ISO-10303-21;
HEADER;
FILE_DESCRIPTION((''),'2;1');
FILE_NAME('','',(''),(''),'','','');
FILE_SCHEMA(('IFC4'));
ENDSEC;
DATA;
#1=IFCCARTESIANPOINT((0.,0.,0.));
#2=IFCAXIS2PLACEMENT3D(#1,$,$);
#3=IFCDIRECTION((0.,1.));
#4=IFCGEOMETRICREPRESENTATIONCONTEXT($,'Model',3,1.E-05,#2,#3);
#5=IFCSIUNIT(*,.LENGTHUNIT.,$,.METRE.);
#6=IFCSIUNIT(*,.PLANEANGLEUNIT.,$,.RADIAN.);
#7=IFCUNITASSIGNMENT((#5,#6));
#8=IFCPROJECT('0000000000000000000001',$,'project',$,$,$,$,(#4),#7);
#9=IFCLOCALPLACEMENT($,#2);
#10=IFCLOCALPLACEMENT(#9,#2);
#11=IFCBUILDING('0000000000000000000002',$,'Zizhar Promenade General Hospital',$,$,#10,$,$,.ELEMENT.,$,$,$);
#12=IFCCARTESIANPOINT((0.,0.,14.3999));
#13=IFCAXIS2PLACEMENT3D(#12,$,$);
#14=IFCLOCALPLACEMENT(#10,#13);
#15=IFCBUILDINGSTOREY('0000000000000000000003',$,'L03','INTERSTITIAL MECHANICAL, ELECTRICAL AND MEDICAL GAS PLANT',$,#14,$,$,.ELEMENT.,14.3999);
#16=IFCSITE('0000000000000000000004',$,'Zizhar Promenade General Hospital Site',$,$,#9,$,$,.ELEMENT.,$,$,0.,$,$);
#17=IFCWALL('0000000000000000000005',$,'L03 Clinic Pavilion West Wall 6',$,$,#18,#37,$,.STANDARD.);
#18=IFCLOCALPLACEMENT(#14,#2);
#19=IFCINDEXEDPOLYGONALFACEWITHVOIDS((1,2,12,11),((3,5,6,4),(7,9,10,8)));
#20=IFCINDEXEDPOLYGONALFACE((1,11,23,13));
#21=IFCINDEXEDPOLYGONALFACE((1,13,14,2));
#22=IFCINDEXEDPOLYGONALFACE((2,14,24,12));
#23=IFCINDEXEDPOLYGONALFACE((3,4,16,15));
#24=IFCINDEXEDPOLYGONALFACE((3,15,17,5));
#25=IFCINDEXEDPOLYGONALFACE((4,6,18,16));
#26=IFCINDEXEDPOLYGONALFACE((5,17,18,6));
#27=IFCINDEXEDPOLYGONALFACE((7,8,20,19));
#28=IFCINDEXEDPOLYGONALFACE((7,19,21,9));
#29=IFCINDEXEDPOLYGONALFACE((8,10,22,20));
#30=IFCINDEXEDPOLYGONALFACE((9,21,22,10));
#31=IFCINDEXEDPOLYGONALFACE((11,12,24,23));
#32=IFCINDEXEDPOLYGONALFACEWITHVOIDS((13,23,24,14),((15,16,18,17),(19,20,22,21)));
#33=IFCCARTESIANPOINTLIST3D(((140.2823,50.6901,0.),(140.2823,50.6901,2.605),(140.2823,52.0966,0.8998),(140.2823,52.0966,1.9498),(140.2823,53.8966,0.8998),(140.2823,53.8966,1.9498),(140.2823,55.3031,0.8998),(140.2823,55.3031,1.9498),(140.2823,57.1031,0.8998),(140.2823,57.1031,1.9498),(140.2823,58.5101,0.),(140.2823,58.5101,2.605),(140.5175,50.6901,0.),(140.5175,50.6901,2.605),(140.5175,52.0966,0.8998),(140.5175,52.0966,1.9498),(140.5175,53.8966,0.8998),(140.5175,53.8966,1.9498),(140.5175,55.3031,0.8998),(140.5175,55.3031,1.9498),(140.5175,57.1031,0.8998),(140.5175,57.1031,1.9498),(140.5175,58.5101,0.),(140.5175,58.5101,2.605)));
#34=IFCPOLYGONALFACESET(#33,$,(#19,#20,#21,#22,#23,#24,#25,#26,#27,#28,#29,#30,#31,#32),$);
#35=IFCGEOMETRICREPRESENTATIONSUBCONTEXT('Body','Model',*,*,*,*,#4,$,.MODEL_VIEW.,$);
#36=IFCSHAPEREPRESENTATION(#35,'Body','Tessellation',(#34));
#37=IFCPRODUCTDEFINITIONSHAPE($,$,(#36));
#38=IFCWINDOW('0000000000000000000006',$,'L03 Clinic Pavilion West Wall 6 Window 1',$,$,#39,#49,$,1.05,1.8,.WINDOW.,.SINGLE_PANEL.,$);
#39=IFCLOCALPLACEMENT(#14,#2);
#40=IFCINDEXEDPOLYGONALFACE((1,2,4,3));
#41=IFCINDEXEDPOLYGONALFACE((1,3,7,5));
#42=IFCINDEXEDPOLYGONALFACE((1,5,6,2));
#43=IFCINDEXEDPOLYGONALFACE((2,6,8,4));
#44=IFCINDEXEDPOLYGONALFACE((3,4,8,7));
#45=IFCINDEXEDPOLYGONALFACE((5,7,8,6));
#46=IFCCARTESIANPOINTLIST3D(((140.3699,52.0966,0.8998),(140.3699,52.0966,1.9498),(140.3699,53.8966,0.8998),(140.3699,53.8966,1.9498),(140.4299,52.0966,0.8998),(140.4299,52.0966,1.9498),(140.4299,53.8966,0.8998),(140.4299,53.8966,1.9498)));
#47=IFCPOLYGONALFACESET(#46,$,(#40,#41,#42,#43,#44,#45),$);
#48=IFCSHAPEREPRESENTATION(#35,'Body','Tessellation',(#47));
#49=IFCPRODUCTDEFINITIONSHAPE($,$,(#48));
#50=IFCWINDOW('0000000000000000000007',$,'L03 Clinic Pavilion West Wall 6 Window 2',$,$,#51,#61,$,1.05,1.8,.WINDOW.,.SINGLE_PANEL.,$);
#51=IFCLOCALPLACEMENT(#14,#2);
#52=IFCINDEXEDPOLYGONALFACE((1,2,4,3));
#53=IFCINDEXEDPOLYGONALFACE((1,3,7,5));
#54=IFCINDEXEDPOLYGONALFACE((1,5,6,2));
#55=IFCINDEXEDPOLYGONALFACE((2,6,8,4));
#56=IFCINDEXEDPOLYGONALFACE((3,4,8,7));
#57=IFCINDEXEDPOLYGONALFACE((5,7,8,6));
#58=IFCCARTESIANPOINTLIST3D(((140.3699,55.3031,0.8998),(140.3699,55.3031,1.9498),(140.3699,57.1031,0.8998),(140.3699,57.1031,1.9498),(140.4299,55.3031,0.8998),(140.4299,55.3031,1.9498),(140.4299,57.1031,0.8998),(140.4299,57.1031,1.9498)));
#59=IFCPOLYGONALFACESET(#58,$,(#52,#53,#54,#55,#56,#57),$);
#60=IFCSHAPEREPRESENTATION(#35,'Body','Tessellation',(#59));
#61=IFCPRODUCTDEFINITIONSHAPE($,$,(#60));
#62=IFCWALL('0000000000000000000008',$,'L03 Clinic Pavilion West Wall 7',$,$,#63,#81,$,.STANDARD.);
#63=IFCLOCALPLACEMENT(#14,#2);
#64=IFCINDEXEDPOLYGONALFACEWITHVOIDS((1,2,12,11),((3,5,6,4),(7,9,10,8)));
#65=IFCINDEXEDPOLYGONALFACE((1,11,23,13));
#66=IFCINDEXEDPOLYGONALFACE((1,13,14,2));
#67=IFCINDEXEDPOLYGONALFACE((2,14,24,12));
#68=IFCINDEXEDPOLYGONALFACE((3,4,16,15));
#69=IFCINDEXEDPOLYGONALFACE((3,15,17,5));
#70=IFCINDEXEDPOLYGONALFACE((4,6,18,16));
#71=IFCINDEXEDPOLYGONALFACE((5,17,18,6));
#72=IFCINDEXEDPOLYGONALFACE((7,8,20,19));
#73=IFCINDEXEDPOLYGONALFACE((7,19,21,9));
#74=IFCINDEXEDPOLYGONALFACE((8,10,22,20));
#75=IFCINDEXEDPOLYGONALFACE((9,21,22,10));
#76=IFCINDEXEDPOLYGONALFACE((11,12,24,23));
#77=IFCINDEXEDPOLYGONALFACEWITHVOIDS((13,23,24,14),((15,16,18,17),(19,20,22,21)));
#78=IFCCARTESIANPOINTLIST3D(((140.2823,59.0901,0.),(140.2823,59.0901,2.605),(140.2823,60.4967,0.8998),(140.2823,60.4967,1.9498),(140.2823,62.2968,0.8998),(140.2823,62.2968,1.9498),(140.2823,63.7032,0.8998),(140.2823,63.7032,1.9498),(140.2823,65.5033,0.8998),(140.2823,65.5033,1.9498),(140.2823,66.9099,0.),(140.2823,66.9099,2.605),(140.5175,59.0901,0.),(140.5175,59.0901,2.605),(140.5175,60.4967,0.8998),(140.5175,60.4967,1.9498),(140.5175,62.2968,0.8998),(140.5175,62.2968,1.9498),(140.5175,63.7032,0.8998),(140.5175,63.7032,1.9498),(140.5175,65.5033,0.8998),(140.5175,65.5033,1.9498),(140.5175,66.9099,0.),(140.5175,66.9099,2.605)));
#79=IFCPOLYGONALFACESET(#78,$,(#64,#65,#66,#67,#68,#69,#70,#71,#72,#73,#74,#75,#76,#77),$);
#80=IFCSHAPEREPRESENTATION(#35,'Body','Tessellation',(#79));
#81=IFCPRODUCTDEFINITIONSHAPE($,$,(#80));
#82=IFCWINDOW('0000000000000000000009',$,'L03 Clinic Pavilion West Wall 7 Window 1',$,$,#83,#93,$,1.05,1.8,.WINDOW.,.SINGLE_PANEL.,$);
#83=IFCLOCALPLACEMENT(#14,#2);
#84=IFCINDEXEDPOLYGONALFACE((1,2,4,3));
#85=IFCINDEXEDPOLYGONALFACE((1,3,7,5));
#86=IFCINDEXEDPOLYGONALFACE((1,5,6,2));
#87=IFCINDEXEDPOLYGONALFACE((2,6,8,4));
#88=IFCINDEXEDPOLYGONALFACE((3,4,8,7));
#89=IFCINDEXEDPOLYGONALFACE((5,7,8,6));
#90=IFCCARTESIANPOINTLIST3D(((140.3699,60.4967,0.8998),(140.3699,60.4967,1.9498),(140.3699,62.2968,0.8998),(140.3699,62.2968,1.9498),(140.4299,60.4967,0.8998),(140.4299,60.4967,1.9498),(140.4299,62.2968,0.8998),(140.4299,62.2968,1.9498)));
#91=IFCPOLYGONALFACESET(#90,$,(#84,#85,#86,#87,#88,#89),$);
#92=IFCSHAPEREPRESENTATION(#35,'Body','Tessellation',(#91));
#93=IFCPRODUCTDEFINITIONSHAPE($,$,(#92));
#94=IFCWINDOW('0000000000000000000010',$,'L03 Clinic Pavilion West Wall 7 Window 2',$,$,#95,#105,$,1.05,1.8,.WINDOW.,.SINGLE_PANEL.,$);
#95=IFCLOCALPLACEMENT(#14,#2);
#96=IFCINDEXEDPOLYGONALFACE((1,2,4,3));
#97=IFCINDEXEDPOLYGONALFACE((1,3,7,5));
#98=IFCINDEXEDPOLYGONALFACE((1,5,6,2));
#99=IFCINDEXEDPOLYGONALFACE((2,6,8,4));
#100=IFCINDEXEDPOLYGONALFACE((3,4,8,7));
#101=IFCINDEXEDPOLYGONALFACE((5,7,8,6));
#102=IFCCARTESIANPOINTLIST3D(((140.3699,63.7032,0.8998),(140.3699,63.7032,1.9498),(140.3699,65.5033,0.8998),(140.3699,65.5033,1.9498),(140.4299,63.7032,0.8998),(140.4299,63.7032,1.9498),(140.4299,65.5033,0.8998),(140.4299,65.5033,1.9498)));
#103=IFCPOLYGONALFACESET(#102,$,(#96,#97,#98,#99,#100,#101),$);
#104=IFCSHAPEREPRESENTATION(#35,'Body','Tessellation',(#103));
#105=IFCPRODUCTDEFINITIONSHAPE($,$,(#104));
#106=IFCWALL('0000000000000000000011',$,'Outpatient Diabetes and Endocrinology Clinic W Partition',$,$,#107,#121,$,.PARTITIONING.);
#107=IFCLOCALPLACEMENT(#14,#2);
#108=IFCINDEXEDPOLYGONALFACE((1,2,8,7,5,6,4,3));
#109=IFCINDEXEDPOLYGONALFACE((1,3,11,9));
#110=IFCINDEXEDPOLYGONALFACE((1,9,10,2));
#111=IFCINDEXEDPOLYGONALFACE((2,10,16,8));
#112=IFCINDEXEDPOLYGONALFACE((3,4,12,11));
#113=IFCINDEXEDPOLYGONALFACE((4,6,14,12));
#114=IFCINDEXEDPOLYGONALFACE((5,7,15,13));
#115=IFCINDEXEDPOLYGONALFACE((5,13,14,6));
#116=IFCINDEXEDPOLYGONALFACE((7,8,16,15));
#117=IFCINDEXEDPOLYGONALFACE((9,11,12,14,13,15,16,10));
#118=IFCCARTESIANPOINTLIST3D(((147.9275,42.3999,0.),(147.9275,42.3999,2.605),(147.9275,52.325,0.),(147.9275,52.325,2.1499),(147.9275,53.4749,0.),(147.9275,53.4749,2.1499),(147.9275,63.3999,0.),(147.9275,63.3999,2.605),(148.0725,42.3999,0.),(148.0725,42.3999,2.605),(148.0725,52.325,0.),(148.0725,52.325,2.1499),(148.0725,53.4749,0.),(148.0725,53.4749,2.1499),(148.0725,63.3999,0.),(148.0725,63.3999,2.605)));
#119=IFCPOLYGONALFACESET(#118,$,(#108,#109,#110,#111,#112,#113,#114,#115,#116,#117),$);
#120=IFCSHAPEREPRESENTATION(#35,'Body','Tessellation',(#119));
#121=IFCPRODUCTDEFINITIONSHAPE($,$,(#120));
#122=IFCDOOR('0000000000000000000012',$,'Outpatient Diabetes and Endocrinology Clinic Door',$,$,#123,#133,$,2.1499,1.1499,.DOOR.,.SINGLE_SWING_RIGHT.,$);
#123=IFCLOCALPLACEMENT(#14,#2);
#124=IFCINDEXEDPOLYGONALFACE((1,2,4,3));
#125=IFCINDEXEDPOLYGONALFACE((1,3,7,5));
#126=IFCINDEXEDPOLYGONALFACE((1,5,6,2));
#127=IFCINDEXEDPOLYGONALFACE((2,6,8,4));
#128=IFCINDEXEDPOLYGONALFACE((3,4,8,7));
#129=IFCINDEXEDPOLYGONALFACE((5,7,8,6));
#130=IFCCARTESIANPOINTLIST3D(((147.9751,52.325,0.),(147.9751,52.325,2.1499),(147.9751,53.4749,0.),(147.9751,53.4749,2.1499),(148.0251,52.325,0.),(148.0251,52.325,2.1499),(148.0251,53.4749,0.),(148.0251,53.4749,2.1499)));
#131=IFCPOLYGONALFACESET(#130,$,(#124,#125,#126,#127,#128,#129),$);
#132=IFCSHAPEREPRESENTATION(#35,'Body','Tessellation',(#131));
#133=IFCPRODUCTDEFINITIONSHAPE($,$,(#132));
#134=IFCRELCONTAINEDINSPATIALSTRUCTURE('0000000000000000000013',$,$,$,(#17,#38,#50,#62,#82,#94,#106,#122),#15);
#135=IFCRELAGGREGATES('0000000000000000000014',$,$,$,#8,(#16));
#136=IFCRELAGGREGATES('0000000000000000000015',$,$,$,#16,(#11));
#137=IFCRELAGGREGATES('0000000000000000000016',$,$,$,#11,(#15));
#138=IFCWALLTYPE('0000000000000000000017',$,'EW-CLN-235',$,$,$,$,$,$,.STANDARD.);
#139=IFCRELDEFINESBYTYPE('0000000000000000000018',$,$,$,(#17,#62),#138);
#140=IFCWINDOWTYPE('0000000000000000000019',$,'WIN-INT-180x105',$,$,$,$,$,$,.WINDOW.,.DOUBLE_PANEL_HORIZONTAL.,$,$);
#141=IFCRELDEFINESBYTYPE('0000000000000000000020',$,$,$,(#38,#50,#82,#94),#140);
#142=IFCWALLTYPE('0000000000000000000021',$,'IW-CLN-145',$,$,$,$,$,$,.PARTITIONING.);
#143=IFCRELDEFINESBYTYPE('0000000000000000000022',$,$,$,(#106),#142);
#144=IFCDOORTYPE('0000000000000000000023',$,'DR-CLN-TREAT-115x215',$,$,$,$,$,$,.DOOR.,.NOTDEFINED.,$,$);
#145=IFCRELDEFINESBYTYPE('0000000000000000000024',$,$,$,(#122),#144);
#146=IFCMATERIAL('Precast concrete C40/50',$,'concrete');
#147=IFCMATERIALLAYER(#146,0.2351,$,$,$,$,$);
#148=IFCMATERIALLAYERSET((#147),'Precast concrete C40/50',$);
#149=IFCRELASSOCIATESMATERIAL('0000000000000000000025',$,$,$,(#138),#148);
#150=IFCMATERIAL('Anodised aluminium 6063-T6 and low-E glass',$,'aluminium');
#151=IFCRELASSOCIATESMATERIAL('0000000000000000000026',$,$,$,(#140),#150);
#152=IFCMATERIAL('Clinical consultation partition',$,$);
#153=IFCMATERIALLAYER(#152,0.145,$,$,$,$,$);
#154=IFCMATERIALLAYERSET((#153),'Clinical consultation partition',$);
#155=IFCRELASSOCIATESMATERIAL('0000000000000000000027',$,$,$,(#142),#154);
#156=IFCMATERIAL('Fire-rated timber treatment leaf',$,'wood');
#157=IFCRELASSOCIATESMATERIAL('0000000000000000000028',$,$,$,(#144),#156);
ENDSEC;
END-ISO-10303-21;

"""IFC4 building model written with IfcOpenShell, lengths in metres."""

from ifc_helpers import new_model, si_unit, direction, frame, frame_2d, origin, place, context, subcontext, project, spatial, rectangle, extrude, material, layer, layer_set, type_object, element, fill, save


model = new_model("IFC4")

# Units and contexts
model_context = context("Model", 3, precision=1e-05, world=origin(), true_north=direction((0.0, 1.0)))
body_context = subcontext(model_context, "Body", "Model", "MODEL_VIEW")
ifc_project = project(units=[si_unit("LENGTHUNIT", "METRE"), si_unit("PLANEANGLEUNIT", "RADIAN")], contexts=[model_context])

# Site, building, storey
site_placement = place(None, origin())
site = spatial("IfcSite", under=ifc_project, at=site_placement, Name="Zizhar Promenade General Hospital Site", CompositionType="ELEMENT", RefElevation=0.0)
building_placement = place(site_placement, origin())
building = spatial("IfcBuilding", under=site, at=building_placement, Name="Zizhar Promenade General Hospital", CompositionType="ELEMENT")
storey_placement = place(building_placement, frame((0.0, 0.0, 14.3999)))
storey = spatial("IfcBuildingStorey", under=building, at=storey_placement, Name="L03", Description="INTERSTITIAL MECHANICAL, ELECTRICAL AND MEDICAL GAS PLANT", CompositionType="ELEMENT", Elevation=14.3999)

# Walls, openings, windows
ifc_material_1 = material(Name="Precast concrete C40/50", Category="concrete")
ifc_layer_1 = layer(ifc_material_1, 0.2351)
ifc_layer_set_1 = layer_set([ifc_layer_1], Name="Precast concrete C40/50")
wall_type_1 = type_object("IfcWallType", Name="EW-CLN-235", PredefinedType="STANDARD", material=ifc_layer_set_1)
ifc_material_2 = material(Name="Anodised aluminium 6063-T6 and low-E glass", Category="aluminium")
window_type = type_object("IfcWindowType", Name="WIN-INT-180x105", PartitioningType="DOUBLE_PANEL_HORIZONTAL", PredefinedType="WINDOW", material=ifc_material_2)
wall_1_placement = place(storey_placement, frame((140.3999, 50.6899, 0.0), z_axis=(0.0, 0.0, 1.0), x_axis=(0.0, 1.0, 0.0)))
wall_1 = element("IfcWall", 1, at=wall_1_placement, inside=storey, type_object=wall_type_1, Name="L03 Clinic Pavilion West Wall 6", PredefinedType="STANDARD", context=body_context, shape_type="SweptSolid", body=[
    extrude(rectangle(XDim=7.8201, YDim=0.2351, at=frame_2d((3.9102, 0.0))), origin(), (0.0, 0.0, 1.0), 2.605),
])
opening_1_placement = place(wall_1_placement, frame((1.4067, 0.0, 0.8999)))
opening_1 = element("IfcOpeningElement", 2, at=opening_1_placement, cuts=wall_1, PredefinedType="OPENING", context=body_context, shape_type="SweptSolid", body=[
    extrude(rectangle(XDim=1.8, YDim=1.05, at=frame_2d((0.8999, 0.5249))), frame((0.0, 0.1274, 0.0), z_axis=(0.0, -1.0, 0.0), x_axis=(1.0, 0.0, 0.0)), (0.0, 0.0, 1.0), 0.2551),
])
opening_2_placement = place(wall_1_placement, frame((4.6133, 0.0, 0.8999)))
opening_2 = element("IfcOpeningElement", 3, at=opening_2_placement, cuts=wall_1, PredefinedType="OPENING", context=body_context, shape_type="SweptSolid", body=[
    extrude(rectangle(XDim=1.8, YDim=1.05, at=frame_2d((0.8999, 0.5249))), frame((0.0, 0.1274, 0.0), z_axis=(0.0, -1.0, 0.0), x_axis=(1.0, 0.0, 0.0)), (0.0, 0.0, 1.0), 0.2551),
])
window_1_placement = place(opening_1_placement, origin())
window_1 = element("IfcWindow", 4, at=window_1_placement, inside=storey, type_object=window_type, Name="L03 Clinic Pavilion West Wall 6 Window 1", OverallHeight=1.05, OverallWidth=1.8, PartitioningType="SINGLE_PANEL", PredefinedType="WINDOW", context=body_context, shape_type="SweptSolid", body=[
    extrude(rectangle(XDim=1.8, YDim=1.05, at=frame_2d((0.8999, 0.5249))), frame((0.0, 0.03, 0.0), z_axis=(0.0, -1.0, 0.0), x_axis=(1.0, 0.0, 0.0)), (0.0, 0.0, 1.0), 0.0601),
])
fill(opening_1, window_1)
window_2_placement = place(opening_2_placement, origin())
window_2 = element("IfcWindow", 5, at=window_2_placement, inside=storey, type_object=window_type, Name="L03 Clinic Pavilion West Wall 6 Window 2", OverallHeight=1.05, OverallWidth=1.8, PartitioningType="SINGLE_PANEL", PredefinedType="WINDOW", context=body_context, shape_type="SweptSolid", body=[
    extrude(rectangle(XDim=1.8, YDim=1.05, at=frame_2d((0.8999, 0.5249))), frame((0.0, 0.03, 0.0), z_axis=(0.0, -1.0, 0.0), x_axis=(1.0, 0.0, 0.0)), (0.0, 0.0, 1.0), 0.0601),
])
fill(opening_2, window_2)
wall_2_placement = place(storey_placement, frame((140.3999, 59.0901, 0.0), z_axis=(0.0, 0.0, 1.0), x_axis=(0.0, 1.0, 0.0)))
wall_2 = element("IfcWall", 6, at=wall_2_placement, inside=storey, type_object=wall_type_1, Name="L03 Clinic Pavilion West Wall 7", PredefinedType="STANDARD", context=body_context, shape_type="SweptSolid", body=[
    extrude(rectangle(XDim=7.8198, YDim=0.2351, at=frame_2d((3.9099, 0.0))), origin(), (0.0, 0.0, 1.0), 2.605),
])
opening_3_placement = place(wall_2_placement, frame((1.4067, 0.0, 0.8999)))
opening_3 = element("IfcOpeningElement", 7, at=opening_3_placement, cuts=wall_2, PredefinedType="OPENING", context=body_context, shape_type="SweptSolid", body=[
    extrude(rectangle(XDim=1.8, YDim=1.05, at=frame_2d((0.8999, 0.5249))), frame((0.0, 0.1274, 0.0), z_axis=(0.0, -1.0, 0.0), x_axis=(1.0, 0.0, 0.0)), (0.0, 0.0, 1.0), 0.2551),
])
opening_4_placement = place(wall_2_placement, frame((4.6133, 0.0, 0.8999)))
opening_4 = element("IfcOpeningElement", 8, at=opening_4_placement, cuts=wall_2, PredefinedType="OPENING", context=body_context, shape_type="SweptSolid", body=[
    extrude(rectangle(XDim=1.8, YDim=1.05, at=frame_2d((0.8999, 0.5249))), frame((0.0, 0.1274, 0.0), z_axis=(0.0, -1.0, 0.0), x_axis=(1.0, 0.0, 0.0)), (0.0, 0.0, 1.0), 0.2551),
])
window_3_placement = place(opening_3_placement, origin())
window_3 = element("IfcWindow", 9, at=window_3_placement, inside=storey, type_object=window_type, Name="L03 Clinic Pavilion West Wall 7 Window 1", OverallHeight=1.05, OverallWidth=1.8, PartitioningType="SINGLE_PANEL", PredefinedType="WINDOW", context=body_context, shape_type="SweptSolid", body=[
    extrude(rectangle(XDim=1.8, YDim=1.05, at=frame_2d((0.8999, 0.5249))), frame((0.0, 0.03, 0.0), z_axis=(0.0, -1.0, 0.0), x_axis=(1.0, 0.0, 0.0)), (0.0, 0.0, 1.0), 0.0601),
])
fill(opening_3, window_3)
window_4_placement = place(opening_4_placement, origin())
window_4 = element("IfcWindow", 10, at=window_4_placement, inside=storey, type_object=window_type, Name="L03 Clinic Pavilion West Wall 7 Window 2", OverallHeight=1.05, OverallWidth=1.8, PartitioningType="SINGLE_PANEL", PredefinedType="WINDOW", context=body_context, shape_type="SweptSolid", body=[
    extrude(rectangle(XDim=1.8, YDim=1.05, at=frame_2d((0.8999, 0.5249))), frame((0.0, 0.03, 0.0), z_axis=(0.0, -1.0, 0.0), x_axis=(1.0, 0.0, 0.0)), (0.0, 0.0, 1.0), 0.0601),
])
fill(opening_4, window_4)

# Wall, opening, door
ifc_material_3 = material(Name="Clinical consultation partition")
ifc_layer_2 = layer(ifc_material_3, 0.145)
ifc_layer_set_2 = layer_set([ifc_layer_2], Name="Clinical consultation partition")
wall_type_2 = type_object("IfcWallType", Name="IW-CLN-145", PredefinedType="PARTITIONING", material=ifc_layer_set_2)
wall_3_placement = place(storey_placement, frame((148.0, 42.3999, 0.0), z_axis=(0.0, 0.0, 1.0), x_axis=(0.0, 1.0, 0.0)))
wall_3 = element("IfcWall", 11, at=wall_3_placement, inside=storey, type_object=wall_type_2, Name="Outpatient Diabetes and Endocrinology Clinic W Partition", PredefinedType="PARTITIONING", context=body_context, shape_type="SweptSolid", body=[
    extrude(rectangle(XDim=21.0, YDim=0.145, at=frame_2d((10.5, 0.0))), origin(), (0.0, 0.0, 1.0), 2.605),
])
opening_5_placement = place(wall_3_placement, frame((9.925, 0.0, 0.0)))
opening_5 = element("IfcOpeningElement", 12, at=opening_5_placement, cuts=wall_3, PredefinedType="OPENING", context=body_context, shape_type="SweptSolid", body=[
    extrude(rectangle(XDim=1.1499, YDim=2.1499, at=frame_2d((0.575, 1.075))), frame((0.0, 0.0825, 0.0), z_axis=(0.0, -1.0, 0.0), x_axis=(1.0, 0.0, 0.0)), (0.0, 0.0, 1.0), 0.165),
])
ifc_material_4 = material(Name="Fire-rated timber treatment leaf", Category="wood")
door_type = type_object("IfcDoorType", Name="DR-CLN-TREAT-115x215", OperationType="NOTDEFINED", PredefinedType="DOOR", material=ifc_material_4)
door_placement = place(opening_5_placement, origin())
door = element("IfcDoor", 13, at=door_placement, inside=storey, type_object=door_type, Name="Outpatient Diabetes and Endocrinology Clinic Door", OperationType="SINGLE_SWING_RIGHT", OverallHeight=2.1499, OverallWidth=1.1499, PredefinedType="DOOR", context=body_context, shape_type="SweptSolid", body=[
    extrude(rectangle(XDim=1.1499, YDim=2.1499, at=frame_2d((0.575, 1.075))), frame((0.0, 0.0249, 0.0), z_axis=(0.0, -1.0, 0.0), x_axis=(1.0, 0.0, 0.0)), (0.0, 0.0, 1.0), 0.05),
])
fill(opening_5, door)

save(model, "model.ifc")
